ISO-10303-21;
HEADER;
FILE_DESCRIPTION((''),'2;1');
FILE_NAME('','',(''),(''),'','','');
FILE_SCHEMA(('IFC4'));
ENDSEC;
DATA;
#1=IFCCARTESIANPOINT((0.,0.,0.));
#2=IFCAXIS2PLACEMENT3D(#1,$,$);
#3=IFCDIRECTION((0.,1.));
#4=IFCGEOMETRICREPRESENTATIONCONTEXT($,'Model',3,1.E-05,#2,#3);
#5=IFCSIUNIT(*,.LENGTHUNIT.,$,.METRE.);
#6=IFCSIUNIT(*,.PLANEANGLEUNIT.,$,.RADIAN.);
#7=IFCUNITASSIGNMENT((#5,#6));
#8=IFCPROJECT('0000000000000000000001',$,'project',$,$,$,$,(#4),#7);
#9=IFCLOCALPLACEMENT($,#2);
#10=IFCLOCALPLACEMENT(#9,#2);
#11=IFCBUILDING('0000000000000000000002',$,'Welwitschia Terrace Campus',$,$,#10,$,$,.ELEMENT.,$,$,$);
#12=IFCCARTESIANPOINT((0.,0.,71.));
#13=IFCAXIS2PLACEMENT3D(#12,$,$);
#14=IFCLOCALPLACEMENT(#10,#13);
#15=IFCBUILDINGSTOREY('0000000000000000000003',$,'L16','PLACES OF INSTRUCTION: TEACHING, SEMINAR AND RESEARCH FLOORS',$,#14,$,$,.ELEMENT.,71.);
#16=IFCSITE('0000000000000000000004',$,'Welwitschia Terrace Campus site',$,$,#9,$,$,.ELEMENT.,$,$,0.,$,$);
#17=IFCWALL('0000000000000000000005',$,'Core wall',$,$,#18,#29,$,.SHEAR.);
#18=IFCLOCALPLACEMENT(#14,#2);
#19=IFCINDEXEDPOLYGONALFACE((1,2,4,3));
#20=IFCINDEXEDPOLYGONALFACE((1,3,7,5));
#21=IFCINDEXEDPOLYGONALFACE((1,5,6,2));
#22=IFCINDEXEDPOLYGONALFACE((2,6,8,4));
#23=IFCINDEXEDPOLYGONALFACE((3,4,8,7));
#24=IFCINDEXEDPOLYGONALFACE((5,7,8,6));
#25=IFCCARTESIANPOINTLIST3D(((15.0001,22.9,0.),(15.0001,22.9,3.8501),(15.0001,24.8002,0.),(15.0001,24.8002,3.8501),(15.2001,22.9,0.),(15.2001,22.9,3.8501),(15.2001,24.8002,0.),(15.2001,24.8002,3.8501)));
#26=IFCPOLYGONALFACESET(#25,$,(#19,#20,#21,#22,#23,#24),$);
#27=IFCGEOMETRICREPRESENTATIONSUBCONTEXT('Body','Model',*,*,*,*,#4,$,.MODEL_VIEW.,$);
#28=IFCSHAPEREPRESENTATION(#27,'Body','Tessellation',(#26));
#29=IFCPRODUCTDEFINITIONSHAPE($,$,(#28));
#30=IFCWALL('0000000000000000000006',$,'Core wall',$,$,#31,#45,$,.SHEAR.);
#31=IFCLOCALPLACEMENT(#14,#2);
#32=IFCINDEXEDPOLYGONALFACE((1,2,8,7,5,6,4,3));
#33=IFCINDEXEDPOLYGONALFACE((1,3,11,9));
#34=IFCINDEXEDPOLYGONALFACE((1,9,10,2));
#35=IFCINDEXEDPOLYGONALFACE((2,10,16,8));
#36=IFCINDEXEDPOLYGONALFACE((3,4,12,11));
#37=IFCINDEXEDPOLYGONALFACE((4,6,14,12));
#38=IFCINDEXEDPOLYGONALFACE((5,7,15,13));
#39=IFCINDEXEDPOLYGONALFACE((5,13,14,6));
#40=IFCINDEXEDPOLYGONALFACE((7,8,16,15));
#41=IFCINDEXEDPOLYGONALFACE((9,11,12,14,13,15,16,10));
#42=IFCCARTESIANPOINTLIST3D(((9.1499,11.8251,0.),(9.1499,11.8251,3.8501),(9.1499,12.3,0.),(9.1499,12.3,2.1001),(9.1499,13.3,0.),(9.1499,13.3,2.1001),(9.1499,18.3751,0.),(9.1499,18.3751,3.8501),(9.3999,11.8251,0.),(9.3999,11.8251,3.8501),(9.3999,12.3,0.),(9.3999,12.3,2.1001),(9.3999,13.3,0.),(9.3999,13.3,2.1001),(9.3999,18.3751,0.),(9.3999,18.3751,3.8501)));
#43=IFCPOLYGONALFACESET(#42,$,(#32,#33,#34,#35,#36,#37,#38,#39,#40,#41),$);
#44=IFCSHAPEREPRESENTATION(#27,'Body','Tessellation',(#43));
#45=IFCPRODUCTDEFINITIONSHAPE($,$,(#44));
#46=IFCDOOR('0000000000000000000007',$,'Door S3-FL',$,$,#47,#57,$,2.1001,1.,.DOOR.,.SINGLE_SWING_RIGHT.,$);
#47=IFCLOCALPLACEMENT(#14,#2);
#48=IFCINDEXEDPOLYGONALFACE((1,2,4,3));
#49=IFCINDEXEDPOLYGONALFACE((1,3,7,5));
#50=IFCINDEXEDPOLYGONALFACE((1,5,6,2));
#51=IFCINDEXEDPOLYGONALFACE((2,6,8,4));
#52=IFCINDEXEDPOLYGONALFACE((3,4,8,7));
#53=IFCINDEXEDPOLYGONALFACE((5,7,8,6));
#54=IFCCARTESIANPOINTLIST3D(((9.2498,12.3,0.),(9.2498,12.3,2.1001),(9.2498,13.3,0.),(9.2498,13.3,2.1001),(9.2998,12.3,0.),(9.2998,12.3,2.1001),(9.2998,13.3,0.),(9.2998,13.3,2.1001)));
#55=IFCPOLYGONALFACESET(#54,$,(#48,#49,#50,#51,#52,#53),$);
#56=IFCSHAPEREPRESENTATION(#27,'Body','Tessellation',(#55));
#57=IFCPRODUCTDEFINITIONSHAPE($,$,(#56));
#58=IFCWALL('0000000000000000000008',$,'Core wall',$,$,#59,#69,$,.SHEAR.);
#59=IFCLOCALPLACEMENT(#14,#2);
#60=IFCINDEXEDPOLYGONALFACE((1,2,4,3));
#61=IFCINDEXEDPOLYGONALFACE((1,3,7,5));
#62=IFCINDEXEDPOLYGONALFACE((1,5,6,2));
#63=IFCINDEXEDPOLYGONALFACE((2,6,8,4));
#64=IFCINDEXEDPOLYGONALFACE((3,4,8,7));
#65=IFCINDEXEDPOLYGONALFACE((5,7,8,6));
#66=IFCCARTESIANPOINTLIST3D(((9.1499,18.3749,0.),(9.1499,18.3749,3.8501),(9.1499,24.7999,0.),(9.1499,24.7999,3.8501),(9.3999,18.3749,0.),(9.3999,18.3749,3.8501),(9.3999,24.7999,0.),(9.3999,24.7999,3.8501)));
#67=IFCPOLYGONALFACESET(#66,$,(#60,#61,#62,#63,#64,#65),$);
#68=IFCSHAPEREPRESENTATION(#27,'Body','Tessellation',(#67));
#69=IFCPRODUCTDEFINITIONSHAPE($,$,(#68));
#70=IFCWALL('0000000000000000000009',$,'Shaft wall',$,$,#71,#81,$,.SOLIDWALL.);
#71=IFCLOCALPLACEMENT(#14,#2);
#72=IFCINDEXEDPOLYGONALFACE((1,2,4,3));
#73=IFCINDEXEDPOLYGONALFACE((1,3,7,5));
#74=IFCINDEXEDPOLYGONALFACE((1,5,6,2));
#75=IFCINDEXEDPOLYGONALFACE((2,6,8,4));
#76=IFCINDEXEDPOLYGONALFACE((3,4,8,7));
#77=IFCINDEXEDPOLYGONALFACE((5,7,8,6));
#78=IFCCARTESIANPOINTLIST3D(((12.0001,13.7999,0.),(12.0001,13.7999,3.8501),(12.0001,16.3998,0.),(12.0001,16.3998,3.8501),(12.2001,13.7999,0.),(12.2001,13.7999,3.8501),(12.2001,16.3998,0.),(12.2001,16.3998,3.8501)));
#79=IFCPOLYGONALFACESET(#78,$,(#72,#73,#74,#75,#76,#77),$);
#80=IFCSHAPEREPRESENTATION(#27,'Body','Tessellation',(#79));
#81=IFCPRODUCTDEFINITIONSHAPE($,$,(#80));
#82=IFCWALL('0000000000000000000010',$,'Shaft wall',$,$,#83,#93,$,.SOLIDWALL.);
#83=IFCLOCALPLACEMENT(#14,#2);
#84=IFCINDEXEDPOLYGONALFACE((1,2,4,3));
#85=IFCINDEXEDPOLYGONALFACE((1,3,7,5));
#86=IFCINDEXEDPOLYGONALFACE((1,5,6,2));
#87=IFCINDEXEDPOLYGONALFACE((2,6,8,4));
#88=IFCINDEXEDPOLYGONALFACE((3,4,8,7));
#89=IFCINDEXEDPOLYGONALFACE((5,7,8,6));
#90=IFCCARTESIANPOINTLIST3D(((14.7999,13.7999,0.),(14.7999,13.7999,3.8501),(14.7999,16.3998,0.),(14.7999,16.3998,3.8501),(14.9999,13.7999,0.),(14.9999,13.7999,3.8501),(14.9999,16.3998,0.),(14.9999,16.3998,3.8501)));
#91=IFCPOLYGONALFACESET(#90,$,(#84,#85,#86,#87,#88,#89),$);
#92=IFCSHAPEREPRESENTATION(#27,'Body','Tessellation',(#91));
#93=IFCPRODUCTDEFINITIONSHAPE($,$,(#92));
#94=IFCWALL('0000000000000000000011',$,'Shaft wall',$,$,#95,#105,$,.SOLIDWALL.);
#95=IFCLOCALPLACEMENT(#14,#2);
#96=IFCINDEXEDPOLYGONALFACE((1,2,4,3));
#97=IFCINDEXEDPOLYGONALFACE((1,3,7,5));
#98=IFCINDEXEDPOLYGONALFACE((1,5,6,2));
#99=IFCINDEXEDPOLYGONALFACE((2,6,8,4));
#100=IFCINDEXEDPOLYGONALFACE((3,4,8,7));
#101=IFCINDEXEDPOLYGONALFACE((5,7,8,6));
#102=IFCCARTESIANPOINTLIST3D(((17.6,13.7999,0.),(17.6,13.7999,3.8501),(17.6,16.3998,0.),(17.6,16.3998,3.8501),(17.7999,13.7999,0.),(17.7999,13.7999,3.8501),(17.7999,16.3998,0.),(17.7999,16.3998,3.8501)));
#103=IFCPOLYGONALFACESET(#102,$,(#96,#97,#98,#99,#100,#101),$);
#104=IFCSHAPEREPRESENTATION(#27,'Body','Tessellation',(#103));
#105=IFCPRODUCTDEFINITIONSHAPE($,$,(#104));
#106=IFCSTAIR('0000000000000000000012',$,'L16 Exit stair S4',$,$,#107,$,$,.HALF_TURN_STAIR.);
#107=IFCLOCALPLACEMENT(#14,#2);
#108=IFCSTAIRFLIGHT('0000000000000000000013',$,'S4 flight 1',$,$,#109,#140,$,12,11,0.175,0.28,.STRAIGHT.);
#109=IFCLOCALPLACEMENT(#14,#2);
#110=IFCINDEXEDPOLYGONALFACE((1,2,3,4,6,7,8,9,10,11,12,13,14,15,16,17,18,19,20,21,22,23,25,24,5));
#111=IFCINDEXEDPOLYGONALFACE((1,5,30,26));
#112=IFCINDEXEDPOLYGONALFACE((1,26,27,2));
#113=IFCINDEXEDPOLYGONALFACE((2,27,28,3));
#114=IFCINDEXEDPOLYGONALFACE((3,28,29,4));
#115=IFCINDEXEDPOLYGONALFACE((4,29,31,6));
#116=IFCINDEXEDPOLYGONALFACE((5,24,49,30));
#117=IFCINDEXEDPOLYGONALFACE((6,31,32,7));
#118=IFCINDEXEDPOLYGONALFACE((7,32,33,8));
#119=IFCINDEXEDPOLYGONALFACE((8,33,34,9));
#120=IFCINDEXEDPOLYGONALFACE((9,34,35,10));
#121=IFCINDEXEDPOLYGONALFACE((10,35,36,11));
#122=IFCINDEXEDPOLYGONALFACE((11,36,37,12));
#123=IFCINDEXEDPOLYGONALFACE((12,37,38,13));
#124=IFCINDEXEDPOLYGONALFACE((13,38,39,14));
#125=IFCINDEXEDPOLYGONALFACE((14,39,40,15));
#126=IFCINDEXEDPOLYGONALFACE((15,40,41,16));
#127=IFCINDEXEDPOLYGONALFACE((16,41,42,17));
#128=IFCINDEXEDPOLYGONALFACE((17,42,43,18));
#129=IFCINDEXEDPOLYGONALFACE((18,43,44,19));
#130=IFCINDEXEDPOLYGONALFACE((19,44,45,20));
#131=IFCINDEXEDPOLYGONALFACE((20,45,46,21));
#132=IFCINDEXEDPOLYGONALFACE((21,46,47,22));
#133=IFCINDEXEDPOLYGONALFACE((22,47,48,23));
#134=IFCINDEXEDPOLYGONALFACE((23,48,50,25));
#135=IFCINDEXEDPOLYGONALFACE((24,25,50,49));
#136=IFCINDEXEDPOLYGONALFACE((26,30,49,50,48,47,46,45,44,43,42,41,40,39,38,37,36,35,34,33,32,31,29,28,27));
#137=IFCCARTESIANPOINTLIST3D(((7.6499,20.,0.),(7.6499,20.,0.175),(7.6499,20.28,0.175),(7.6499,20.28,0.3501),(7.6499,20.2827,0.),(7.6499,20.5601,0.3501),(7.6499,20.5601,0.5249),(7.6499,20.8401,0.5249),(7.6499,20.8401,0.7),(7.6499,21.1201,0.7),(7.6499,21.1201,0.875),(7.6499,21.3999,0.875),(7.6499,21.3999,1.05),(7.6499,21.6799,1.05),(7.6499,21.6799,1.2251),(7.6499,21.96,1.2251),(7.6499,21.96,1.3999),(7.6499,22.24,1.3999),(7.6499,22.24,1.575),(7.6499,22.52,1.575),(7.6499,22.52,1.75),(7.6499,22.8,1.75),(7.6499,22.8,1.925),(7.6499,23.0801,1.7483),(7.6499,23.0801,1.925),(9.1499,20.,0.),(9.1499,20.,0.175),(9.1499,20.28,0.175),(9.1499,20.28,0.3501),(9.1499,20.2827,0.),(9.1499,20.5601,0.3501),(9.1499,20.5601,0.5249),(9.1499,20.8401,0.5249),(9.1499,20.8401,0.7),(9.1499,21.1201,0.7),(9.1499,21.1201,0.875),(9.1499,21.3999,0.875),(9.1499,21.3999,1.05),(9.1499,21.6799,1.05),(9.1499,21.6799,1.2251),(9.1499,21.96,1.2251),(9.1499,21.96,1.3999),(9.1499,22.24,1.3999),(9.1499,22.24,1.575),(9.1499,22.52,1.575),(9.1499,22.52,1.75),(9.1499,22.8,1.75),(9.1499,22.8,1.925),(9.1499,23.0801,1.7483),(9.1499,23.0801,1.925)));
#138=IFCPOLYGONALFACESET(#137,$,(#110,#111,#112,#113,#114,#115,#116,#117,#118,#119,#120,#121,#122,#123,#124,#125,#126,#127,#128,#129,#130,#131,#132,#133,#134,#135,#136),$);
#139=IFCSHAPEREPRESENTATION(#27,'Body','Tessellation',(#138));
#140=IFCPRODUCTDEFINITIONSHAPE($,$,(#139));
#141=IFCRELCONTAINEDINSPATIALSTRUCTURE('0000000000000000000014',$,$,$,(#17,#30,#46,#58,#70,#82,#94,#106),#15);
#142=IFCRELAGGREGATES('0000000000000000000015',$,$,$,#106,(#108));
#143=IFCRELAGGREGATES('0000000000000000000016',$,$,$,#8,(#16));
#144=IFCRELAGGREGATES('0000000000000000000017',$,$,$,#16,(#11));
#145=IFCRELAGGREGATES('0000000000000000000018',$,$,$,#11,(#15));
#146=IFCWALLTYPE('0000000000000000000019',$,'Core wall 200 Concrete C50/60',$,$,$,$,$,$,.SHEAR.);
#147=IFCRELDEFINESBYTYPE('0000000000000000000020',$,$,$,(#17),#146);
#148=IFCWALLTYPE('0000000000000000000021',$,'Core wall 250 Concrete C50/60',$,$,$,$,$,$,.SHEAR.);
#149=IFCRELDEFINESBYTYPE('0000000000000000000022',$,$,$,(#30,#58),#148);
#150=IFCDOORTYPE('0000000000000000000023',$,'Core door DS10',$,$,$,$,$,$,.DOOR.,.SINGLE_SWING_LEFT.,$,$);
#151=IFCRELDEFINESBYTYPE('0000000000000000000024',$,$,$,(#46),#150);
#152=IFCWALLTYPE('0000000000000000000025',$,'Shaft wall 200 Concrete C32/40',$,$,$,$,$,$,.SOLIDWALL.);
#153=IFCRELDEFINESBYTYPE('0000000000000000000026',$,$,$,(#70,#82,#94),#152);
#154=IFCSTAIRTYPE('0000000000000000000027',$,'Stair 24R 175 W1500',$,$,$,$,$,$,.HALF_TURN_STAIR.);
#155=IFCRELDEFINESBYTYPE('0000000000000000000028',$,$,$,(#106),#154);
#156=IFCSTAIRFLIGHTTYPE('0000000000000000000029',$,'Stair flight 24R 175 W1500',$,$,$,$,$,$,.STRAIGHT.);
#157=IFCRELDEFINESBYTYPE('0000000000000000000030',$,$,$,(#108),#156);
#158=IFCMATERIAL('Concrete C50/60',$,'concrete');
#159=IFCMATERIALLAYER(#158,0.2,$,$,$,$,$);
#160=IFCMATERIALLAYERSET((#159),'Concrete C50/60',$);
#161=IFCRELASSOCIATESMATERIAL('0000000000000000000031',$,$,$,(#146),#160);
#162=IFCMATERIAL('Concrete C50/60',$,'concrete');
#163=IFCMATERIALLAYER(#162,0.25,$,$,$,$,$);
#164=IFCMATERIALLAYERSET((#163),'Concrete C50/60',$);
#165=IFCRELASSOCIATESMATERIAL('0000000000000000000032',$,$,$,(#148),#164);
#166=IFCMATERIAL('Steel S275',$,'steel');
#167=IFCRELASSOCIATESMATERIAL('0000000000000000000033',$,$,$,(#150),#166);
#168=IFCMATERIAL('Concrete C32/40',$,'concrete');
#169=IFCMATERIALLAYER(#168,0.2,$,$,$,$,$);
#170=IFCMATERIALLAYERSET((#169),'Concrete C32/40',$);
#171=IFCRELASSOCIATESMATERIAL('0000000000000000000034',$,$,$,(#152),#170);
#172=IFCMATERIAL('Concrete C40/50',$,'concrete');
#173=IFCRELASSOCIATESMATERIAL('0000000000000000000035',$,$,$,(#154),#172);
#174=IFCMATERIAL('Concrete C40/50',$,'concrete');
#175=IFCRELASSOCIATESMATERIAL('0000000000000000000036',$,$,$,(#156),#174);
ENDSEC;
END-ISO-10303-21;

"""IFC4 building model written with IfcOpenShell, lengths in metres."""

from ifc_helpers import new_model, si_unit, direction, frame, frame_2d, origin, place, context, subcontext, project, spatial, polyline, rectangle, outline, extrude, material, layer, layer_set, type_object, element, fill, aggregate, save


model = new_model("IFC4")

# Units and contexts
model_context = context("Model", 3, precision=1e-05, world=origin(), true_north=direction((0.0, 1.0)))
body_context = subcontext(model_context, "Body", "Model", "MODEL_VIEW")
ifc_project = project(units=[si_unit("LENGTHUNIT", "METRE"), si_unit("PLANEANGLEUNIT", "RADIAN")], contexts=[model_context])

# Site, building, storey
site_placement = place(None, origin())
site = spatial("IfcSite", under=ifc_project, at=site_placement, Name="Welwitschia Terrace Campus site", CompositionType="ELEMENT", RefElevation=0.0)
building_placement = place(site_placement, origin())
building = spatial("IfcBuilding", under=site, at=building_placement, Name="Welwitschia Terrace Campus", CompositionType="ELEMENT")
storey_placement = place(building_placement, frame((0.0, 0.0, 71.0)))
storey = spatial("IfcBuildingStorey", under=building, at=storey_placement, Name="L16", Description="PLACES OF INSTRUCTION: TEACHING, SEMINAR AND RESEARCH FLOORS", CompositionType="ELEMENT", Elevation=71.0)

# Wall
ifc_material_1 = material(Name="Concrete C50/60", Category="concrete")
ifc_layer_1 = layer(ifc_material_1, 0.2)
ifc_layer_set_1 = layer_set([ifc_layer_1], Name="Concrete C50/60")
wall_type_1 = type_object("IfcWallType", Name="Core wall 200 Concrete C50/60", PredefinedType="SHEAR", material=ifc_layer_set_1)
wall_1_placement = place(storey_placement, frame((15.1001, 22.8999, 0.0), z_axis=(0.0, 0.0, 1.0), x_axis=(0.0, 1.0, 0.0)))
element("IfcWall", 1, at=wall_1_placement, inside=storey, type_object=wall_type_1, Name="Core wall", PredefinedType="SHEAR", context=body_context, shape_type="SweptSolid", body=[
    extrude(rectangle(XDim=1.9001, YDim=0.2, at=frame_2d((0.9502, 0.0))), origin(), (0.0, 0.0, 1.0), 3.8501),
])

# Wall, opening, door
ifc_material_2 = material(Name="Concrete C50/60", Category="concrete")
ifc_layer_2 = layer(ifc_material_2, 0.25)
ifc_layer_set_2 = layer_set([ifc_layer_2], Name="Concrete C50/60")
wall_type_2 = type_object("IfcWallType", Name="Core wall 250 Concrete C50/60", PredefinedType="SHEAR", material=ifc_layer_set_2)
wall_2_placement = place(storey_placement, frame((9.2749, 18.375, 0.0), z_axis=(0.0, 0.0, 1.0), x_axis=(0.0, -1.0, 0.0)))
wall_2 = element("IfcWall", 2, at=wall_2_placement, inside=storey, type_object=wall_type_2, Name="Core wall", PredefinedType="SHEAR", context=body_context, shape_type="SweptSolid", body=[
    extrude(rectangle(XDim=6.55, YDim=0.25, at=frame_2d((3.2749, 0.0))), origin(), (0.0, 0.0, 1.0), 3.8501),
])
opening_1_placement = place(wall_2_placement, frame((5.075, 0.0, 0.0)))
opening_1 = element("IfcOpeningElement", 3, at=opening_1_placement, cuts=wall_2, PredefinedType="OPENING", context=body_context, shape_type="SweptSolid", body=[
    extrude(rectangle(XDim=1.0, YDim=2.1001, at=frame_2d((0.5, 1.05))), frame((0.0, 0.135, 0.0), z_axis=(0.0, -1.0, 0.0), x_axis=(1.0, 0.0, 0.0)), (0.0, 0.0, 1.0), 0.27),
])
ifc_material_3 = material(Name="Steel S275", Category="steel")
door_type_1 = type_object("IfcDoorType", Name="Core door DS10", OperationType="SINGLE_SWING_LEFT", PredefinedType="DOOR", material=ifc_material_3)
door_1_placement = place(opening_1_placement, origin())
door_1 = element("IfcDoor", 4, at=door_1_placement, inside=storey, type_object=door_type_1, Name="Door S3-FL", OperationType="SINGLE_SWING_RIGHT", OverallHeight=2.1001, OverallWidth=1.0, PredefinedType="DOOR", context=body_context, shape_type="SweptSolid", body=[
    extrude(rectangle(XDim=1.0, YDim=2.1001, at=frame_2d((0.5, 1.05))), frame((0.0, 0.0249, 0.0), z_axis=(0.0, -1.0, 0.0), x_axis=(1.0, 0.0, 0.0)), (0.0, 0.0, 1.0), 0.05),
])
fill(opening_1, door_1)

# Walls
wall_3_placement = place(storey_placement, frame((9.2749, 18.375, 0.0), z_axis=(0.0, 0.0, 1.0), x_axis=(0.0, 1.0, 0.0)))
element("IfcWall", 5, at=wall_3_placement, inside=storey, type_object=wall_type_2, Name="Core wall", PredefinedType="SHEAR", context=body_context, shape_type="SweptSolid", body=[
    extrude(rectangle(XDim=6.425, YDim=0.25, at=frame_2d((3.2124, 0.0))), origin(), (0.0, 0.0, 1.0), 3.8501),
])
ifc_material_4 = material(Name="Concrete C32/40", Category="concrete")
ifc_layer_3 = layer(ifc_material_4, 0.2)
ifc_layer_set_3 = layer_set([ifc_layer_3], Name="Concrete C32/40")
wall_type_3 = type_object("IfcWallType", Name="Shaft wall 200 Concrete C32/40", PredefinedType="SOLIDWALL", material=ifc_layer_set_3)
for number, where, z_axis, x_axis, name in (
    (6, (12.1001, 13.8, 0.0), (0.0, 0.0, 1.0), (0.0, 1.0, 0.0), "Shaft wall"),
    (7, (14.8999, 13.8, 0.0), (0.0, 0.0, 1.0), (0.0, 1.0, 0.0), "Shaft wall"),
    (8, (17.7, 13.8, 0.0), (0.0, 0.0, 1.0), (0.0, 1.0, 0.0), "Shaft wall"),
):
    element("IfcWall", number, at=place(storey_placement, frame(where, z_axis=z_axis, x_axis=x_axis)), inside=storey, type_object=wall_type_3, Name=name, PredefinedType="SOLIDWALL", context=body_context, shape_type="SweptSolid", body=[
        extrude(rectangle(XDim=2.5999, YDim=0.2, at=frame_2d((1.2998, 0.0))), origin(), (0.0, 0.0, 1.0), 3.8501),
    ])

# Stair, stair flight
ifc_material_5 = material(Name="Concrete C40/50", Category="concrete")
stair_type = type_object("IfcStairType", Name="Stair 24R 175 W1500", PredefinedType="HALF_TURN_STAIR", material=ifc_material_5)
stair_placement = place(storey_placement, origin())
stair = element("IfcStair", 9, at=stair_placement, inside=storey, type_object=stair_type, Name="L16 Exit stair S4", PredefinedType="HALF_TURN_STAIR")
ifc_material_6 = material(Name="Concrete C40/50", Category="concrete")
stair_flight_type = type_object("IfcStairFlightType", Name="Stair flight 24R 175 W1500", PredefinedType="STRAIGHT", material=ifc_material_6)
stair_flight_placement = place(storey_placement, frame((8.3999, 20.0, 0.0), z_axis=(0.0, 0.0, 1.0), x_axis=(0.0, 1.0, 0.0)))
stair_flight = element("IfcStairFlight", 10, at=stair_flight_placement, type_object=stair_flight_type, Name="S4 flight 1", NumberOfRisers=12, NumberOfTreads=11, PredefinedType="STRAIGHT", RiserHeight=0.175, TreadLength=0.28, context=body_context, shape_type="SweptSolid", body=[
    extrude(outline(polyline([(0.0, 0.0), (0.0, 0.175), (0.28, 0.175), (0.28, 0.3501), (0.5601, 0.3501), (0.5601, 0.5249), (0.8401, 0.5249), (0.8401, 0.7), (1.1201, 0.7), (1.1201, 0.875), (1.3999, 0.875), (1.3999, 1.05), (1.6799, 1.05), (1.6799, 1.2251), (1.96, 1.2251), (1.96, 1.3999), (2.24, 1.3999), (2.24, 1.575), (2.52, 1.575), (2.52, 1.75), (2.8, 1.75), (2.8, 1.925), (3.0801, 1.925), (3.0801, 2.1001), (3.0801, 1.7483), (0.2827, 0.0), (0.0, 0.0)])), frame((0.0, 0.75, 0.0), z_axis=(0.0, -1.0, 0.0), x_axis=(1.0, 0.0, 0.0)), (0.0, 0.0, 1.0), 1.5),
])
aggregate(stair, [stair_flight])

save(model, "model.ifc")
